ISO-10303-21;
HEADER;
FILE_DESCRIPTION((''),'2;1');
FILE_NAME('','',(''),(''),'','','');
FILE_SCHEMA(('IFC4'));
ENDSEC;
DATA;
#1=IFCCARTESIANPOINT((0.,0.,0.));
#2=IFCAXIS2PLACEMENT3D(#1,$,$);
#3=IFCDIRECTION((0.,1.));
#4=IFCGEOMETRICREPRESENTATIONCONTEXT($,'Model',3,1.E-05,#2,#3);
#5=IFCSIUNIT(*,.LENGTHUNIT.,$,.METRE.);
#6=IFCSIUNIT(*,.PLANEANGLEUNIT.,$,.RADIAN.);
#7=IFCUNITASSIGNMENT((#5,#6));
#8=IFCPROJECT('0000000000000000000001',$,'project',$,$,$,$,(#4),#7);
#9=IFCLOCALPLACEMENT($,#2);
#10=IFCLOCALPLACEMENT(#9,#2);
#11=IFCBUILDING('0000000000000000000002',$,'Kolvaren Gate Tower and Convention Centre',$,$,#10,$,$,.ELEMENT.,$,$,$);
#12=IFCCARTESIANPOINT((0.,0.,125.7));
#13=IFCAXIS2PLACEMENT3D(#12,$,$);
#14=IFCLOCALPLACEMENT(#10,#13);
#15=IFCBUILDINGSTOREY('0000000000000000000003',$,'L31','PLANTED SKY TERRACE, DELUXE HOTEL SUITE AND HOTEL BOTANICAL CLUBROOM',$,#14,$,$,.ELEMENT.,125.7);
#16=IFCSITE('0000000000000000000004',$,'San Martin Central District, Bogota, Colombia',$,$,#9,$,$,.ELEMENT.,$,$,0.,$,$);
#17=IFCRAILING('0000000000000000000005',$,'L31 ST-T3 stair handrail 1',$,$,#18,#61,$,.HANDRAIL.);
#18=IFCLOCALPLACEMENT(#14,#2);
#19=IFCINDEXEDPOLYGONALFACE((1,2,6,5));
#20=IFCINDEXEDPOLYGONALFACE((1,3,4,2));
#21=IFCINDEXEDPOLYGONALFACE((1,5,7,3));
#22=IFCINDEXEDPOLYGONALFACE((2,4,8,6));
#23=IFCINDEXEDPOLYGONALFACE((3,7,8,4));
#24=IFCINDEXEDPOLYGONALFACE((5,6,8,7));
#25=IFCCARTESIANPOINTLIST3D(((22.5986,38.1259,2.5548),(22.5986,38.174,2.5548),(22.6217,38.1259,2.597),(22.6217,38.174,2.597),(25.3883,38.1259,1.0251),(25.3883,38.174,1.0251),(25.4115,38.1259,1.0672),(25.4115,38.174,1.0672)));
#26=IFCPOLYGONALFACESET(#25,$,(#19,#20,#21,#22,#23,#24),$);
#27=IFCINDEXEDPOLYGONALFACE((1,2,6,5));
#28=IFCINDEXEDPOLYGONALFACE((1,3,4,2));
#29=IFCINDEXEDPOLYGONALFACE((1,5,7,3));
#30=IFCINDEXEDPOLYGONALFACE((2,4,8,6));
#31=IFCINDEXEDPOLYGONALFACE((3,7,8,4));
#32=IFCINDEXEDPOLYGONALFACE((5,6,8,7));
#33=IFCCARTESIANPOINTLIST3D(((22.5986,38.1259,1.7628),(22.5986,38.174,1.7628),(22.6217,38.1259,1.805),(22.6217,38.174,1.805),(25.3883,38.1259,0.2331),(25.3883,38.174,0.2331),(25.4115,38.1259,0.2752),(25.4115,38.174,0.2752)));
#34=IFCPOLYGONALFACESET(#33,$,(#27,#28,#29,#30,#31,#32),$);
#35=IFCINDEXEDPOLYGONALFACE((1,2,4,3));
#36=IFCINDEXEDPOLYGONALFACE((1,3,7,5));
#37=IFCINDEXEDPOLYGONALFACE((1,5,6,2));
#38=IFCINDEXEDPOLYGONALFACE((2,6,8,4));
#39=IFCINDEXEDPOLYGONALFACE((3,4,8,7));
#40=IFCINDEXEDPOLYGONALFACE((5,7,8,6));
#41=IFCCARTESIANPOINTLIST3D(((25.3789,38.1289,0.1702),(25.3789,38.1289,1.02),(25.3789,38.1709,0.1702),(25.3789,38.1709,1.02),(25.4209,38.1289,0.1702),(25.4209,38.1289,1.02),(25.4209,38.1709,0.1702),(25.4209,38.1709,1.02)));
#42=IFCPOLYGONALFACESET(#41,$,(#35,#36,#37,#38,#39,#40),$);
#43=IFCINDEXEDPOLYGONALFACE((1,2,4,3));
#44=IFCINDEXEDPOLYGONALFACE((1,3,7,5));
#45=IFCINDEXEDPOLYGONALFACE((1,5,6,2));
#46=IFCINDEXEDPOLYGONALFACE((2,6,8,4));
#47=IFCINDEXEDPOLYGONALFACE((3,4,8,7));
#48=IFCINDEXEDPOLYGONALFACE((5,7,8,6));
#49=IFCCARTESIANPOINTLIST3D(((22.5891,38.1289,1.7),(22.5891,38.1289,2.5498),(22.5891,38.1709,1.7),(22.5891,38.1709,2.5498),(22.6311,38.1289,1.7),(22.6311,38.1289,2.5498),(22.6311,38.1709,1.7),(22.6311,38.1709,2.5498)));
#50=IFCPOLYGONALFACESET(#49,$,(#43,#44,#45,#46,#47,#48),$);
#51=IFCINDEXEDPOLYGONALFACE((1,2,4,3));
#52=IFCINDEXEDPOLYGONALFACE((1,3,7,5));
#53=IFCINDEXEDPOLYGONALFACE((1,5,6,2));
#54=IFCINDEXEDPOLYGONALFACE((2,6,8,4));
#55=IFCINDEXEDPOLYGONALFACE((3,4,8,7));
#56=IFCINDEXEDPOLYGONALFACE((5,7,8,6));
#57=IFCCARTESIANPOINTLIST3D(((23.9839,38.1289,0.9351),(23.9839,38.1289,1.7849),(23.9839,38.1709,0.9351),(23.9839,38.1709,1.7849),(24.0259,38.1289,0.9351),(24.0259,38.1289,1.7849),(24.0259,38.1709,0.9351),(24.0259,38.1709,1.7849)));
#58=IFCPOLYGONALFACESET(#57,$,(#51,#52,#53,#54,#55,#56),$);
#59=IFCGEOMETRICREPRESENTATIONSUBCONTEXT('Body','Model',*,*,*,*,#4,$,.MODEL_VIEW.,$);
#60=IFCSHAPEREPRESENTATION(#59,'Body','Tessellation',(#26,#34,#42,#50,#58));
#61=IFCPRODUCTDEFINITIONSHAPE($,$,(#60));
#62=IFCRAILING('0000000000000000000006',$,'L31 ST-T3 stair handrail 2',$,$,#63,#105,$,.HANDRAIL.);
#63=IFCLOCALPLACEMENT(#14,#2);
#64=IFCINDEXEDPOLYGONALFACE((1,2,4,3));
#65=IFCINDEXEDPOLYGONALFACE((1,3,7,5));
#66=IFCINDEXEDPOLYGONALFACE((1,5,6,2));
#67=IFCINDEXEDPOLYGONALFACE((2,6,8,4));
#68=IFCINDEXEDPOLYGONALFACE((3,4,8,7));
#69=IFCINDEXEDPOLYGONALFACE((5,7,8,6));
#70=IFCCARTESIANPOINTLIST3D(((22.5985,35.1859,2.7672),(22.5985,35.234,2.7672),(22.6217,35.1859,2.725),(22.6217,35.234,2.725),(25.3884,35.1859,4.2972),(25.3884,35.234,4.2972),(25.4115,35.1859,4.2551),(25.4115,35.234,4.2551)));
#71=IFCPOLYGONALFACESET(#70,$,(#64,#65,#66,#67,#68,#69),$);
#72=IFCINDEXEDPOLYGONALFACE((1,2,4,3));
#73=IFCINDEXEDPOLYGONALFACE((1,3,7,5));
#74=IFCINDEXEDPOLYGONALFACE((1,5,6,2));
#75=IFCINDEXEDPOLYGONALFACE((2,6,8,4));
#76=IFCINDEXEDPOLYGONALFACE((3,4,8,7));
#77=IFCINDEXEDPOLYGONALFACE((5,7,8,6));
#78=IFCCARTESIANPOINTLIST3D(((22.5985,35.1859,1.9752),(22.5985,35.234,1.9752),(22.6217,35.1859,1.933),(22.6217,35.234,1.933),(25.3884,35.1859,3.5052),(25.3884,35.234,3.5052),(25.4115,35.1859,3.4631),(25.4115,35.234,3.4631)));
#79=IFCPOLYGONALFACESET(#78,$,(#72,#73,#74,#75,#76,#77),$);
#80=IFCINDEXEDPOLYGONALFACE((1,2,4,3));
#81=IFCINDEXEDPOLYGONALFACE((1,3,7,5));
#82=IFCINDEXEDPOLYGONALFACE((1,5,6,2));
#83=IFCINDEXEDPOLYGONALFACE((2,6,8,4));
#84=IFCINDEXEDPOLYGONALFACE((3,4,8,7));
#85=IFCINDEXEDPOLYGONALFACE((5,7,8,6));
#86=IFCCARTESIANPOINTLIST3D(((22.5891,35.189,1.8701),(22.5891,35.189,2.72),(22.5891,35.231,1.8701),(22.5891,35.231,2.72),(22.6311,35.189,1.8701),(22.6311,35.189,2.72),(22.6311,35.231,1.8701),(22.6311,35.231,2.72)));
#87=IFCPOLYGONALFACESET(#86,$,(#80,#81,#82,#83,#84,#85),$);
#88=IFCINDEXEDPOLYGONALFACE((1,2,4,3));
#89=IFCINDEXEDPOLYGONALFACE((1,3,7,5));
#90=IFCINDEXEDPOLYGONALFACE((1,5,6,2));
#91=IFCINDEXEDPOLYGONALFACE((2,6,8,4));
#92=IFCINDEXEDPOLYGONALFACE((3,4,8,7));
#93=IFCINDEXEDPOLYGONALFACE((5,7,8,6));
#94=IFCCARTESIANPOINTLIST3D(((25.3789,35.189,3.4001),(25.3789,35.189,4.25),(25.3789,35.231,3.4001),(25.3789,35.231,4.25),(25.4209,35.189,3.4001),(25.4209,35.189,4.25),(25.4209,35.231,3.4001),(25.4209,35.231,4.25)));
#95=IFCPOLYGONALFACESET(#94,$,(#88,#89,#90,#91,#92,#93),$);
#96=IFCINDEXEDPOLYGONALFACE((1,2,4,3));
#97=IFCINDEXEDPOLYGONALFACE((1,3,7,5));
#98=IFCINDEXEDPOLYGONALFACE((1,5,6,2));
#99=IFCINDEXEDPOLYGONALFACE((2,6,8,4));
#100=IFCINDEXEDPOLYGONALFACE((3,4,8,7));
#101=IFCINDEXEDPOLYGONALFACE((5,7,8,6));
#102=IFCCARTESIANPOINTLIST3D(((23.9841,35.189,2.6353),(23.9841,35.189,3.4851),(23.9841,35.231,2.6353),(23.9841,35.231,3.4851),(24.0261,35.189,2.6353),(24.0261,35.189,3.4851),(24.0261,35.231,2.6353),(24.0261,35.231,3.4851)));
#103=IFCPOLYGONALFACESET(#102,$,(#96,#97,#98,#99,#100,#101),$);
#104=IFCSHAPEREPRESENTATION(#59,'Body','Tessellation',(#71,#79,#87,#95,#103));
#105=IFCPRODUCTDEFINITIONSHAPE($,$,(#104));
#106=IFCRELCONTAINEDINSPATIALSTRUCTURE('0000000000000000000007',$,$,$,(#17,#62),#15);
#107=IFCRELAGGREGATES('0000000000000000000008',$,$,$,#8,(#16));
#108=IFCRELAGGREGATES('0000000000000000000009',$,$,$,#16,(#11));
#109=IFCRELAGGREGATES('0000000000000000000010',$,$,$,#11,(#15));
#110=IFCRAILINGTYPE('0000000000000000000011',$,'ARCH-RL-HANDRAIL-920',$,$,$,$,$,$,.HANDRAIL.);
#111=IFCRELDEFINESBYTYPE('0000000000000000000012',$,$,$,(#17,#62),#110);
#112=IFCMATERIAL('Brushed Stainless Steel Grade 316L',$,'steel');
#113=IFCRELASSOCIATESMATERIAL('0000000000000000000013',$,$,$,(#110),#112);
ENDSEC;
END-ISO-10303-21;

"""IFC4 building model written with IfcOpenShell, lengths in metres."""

from ifc_helpers import new_model, si_unit, direction, frame, origin, origin_2d, place, context, subcontext, project, spatial, rectangle, extrude, material, type_object, element, save


model = new_model("IFC4")

# Units and contexts
model_context = context("Model", 3, precision=1e-05, world=origin(), true_north=direction((0.0, 1.0)))
body_context = subcontext(model_context, "Body", "Model", "MODEL_VIEW")
ifc_project = project(units=[si_unit("LENGTHUNIT", "METRE"), si_unit("PLANEANGLEUNIT", "RADIAN")], contexts=[model_context])

# Site, building, storey
site_placement = place(None, origin())
site = spatial("IfcSite", under=ifc_project, at=site_placement, Name="San Martin Central District, Bogota, Colombia", CompositionType="ELEMENT", RefElevation=0.0)
building_placement = place(site_placement, origin())
building = spatial("IfcBuilding", under=site, at=building_placement, Name="Kolvaren Gate Tower and Convention Centre", CompositionType="ELEMENT")
storey_placement = place(building_placement, frame((0.0, 0.0, 125.7)))
storey = spatial("IfcBuildingStorey", under=building, at=storey_placement, Name="L31", Description="PLANTED SKY TERRACE, DELUXE HOTEL SUITE AND HOTEL BOTANICAL CLUBROOM", CompositionType="ELEMENT", Elevation=125.7)

# Railings
ifc_material_1 = material(Name="Brushed Stainless Steel Grade 316L", Category="steel")
railing_type_1 = type_object("IfcRailingType", Name="ARCH-RL-HANDRAIL-920", PredefinedType="HANDRAIL", material=ifc_material_1)
railing_1_placement = place(storey_placement, frame((25.3999, 38.1499, 0.1702)))
element("IfcRailing", 1, at=railing_1_placement, inside=storey, type_object=railing_type_1, Name="L31 ST-T3 stair handrail 1", PredefinedType="HANDRAIL", context=body_context, shape_type="SweptSolid", body=[
    extrude(rectangle(XDim=0.0481, YDim=0.0481, at=origin_2d()), frame((0.0, 0.0, 0.876), z_axis=(-0.876826, 0.0, 0.480808), x_axis=(0.0, -1.0, 0.0)), (0.0, 0.0, 1.0), 3.1816),
    extrude(rectangle(XDim=0.0481, YDim=0.0481, at=origin_2d()), frame((0.0, 0.0, 0.084), z_axis=(-0.876826, 0.0, 0.480808), x_axis=(0.0, -1.0, 0.0)), (0.0, 0.0, 1.0), 3.1816),
    extrude(rectangle(XDim=0.042, YDim=0.042, at=origin_2d()), origin(), (0.0, 0.0, 1.0), 0.8499),
    extrude(rectangle(XDim=0.042, YDim=0.042, at=origin_2d()), frame((-2.7898, 0.0, 1.5298)), (0.0, 0.0, 1.0), 0.8499),
    extrude(rectangle(XDim=0.042, YDim=0.042, at=origin_2d()), frame((-1.395, 0.0, 0.7649)), (0.0, 0.0, 1.0), 0.8499),
])
railing_2_placement = place(storey_placement, frame((22.6101, 35.21, 1.8701)))
element("IfcRailing", 2, at=railing_2_placement, inside=storey, type_object=railing_type_1, Name="L31 ST-T3 stair handrail 2", PredefinedType="HANDRAIL", context=body_context, shape_type="SweptSolid", body=[
    extrude(rectangle(XDim=0.0481, YDim=0.0481, at=origin_2d()), frame((0.0, 0.0, 0.876), z_axis=(0.876794, 0.0, 0.480867), x_axis=(0.0, 1.0, 0.0)), (0.0, 0.0, 1.0), 3.1819),
    extrude(rectangle(XDim=0.0481, YDim=0.0481, at=origin_2d()), frame((0.0, 0.0, 0.084), z_axis=(0.876794, 0.0, 0.480867), x_axis=(0.0, 1.0, 0.0)), (0.0, 0.0, 1.0), 3.1819),
    extrude(rectangle(XDim=0.042, YDim=0.042, at=origin_2d()), origin(), (0.0, 0.0, 1.0), 0.8499),
    extrude(rectangle(XDim=0.042, YDim=0.042, at=origin_2d()), frame((2.7898, 0.0, 1.53)), (0.0, 0.0, 1.0), 0.8499),
    extrude(rectangle(XDim=0.042, YDim=0.042, at=origin_2d()), frame((1.395, 0.0, 0.7651)), (0.0, 0.0, 1.0), 0.8499),
])

save(model, "model.ifc")
